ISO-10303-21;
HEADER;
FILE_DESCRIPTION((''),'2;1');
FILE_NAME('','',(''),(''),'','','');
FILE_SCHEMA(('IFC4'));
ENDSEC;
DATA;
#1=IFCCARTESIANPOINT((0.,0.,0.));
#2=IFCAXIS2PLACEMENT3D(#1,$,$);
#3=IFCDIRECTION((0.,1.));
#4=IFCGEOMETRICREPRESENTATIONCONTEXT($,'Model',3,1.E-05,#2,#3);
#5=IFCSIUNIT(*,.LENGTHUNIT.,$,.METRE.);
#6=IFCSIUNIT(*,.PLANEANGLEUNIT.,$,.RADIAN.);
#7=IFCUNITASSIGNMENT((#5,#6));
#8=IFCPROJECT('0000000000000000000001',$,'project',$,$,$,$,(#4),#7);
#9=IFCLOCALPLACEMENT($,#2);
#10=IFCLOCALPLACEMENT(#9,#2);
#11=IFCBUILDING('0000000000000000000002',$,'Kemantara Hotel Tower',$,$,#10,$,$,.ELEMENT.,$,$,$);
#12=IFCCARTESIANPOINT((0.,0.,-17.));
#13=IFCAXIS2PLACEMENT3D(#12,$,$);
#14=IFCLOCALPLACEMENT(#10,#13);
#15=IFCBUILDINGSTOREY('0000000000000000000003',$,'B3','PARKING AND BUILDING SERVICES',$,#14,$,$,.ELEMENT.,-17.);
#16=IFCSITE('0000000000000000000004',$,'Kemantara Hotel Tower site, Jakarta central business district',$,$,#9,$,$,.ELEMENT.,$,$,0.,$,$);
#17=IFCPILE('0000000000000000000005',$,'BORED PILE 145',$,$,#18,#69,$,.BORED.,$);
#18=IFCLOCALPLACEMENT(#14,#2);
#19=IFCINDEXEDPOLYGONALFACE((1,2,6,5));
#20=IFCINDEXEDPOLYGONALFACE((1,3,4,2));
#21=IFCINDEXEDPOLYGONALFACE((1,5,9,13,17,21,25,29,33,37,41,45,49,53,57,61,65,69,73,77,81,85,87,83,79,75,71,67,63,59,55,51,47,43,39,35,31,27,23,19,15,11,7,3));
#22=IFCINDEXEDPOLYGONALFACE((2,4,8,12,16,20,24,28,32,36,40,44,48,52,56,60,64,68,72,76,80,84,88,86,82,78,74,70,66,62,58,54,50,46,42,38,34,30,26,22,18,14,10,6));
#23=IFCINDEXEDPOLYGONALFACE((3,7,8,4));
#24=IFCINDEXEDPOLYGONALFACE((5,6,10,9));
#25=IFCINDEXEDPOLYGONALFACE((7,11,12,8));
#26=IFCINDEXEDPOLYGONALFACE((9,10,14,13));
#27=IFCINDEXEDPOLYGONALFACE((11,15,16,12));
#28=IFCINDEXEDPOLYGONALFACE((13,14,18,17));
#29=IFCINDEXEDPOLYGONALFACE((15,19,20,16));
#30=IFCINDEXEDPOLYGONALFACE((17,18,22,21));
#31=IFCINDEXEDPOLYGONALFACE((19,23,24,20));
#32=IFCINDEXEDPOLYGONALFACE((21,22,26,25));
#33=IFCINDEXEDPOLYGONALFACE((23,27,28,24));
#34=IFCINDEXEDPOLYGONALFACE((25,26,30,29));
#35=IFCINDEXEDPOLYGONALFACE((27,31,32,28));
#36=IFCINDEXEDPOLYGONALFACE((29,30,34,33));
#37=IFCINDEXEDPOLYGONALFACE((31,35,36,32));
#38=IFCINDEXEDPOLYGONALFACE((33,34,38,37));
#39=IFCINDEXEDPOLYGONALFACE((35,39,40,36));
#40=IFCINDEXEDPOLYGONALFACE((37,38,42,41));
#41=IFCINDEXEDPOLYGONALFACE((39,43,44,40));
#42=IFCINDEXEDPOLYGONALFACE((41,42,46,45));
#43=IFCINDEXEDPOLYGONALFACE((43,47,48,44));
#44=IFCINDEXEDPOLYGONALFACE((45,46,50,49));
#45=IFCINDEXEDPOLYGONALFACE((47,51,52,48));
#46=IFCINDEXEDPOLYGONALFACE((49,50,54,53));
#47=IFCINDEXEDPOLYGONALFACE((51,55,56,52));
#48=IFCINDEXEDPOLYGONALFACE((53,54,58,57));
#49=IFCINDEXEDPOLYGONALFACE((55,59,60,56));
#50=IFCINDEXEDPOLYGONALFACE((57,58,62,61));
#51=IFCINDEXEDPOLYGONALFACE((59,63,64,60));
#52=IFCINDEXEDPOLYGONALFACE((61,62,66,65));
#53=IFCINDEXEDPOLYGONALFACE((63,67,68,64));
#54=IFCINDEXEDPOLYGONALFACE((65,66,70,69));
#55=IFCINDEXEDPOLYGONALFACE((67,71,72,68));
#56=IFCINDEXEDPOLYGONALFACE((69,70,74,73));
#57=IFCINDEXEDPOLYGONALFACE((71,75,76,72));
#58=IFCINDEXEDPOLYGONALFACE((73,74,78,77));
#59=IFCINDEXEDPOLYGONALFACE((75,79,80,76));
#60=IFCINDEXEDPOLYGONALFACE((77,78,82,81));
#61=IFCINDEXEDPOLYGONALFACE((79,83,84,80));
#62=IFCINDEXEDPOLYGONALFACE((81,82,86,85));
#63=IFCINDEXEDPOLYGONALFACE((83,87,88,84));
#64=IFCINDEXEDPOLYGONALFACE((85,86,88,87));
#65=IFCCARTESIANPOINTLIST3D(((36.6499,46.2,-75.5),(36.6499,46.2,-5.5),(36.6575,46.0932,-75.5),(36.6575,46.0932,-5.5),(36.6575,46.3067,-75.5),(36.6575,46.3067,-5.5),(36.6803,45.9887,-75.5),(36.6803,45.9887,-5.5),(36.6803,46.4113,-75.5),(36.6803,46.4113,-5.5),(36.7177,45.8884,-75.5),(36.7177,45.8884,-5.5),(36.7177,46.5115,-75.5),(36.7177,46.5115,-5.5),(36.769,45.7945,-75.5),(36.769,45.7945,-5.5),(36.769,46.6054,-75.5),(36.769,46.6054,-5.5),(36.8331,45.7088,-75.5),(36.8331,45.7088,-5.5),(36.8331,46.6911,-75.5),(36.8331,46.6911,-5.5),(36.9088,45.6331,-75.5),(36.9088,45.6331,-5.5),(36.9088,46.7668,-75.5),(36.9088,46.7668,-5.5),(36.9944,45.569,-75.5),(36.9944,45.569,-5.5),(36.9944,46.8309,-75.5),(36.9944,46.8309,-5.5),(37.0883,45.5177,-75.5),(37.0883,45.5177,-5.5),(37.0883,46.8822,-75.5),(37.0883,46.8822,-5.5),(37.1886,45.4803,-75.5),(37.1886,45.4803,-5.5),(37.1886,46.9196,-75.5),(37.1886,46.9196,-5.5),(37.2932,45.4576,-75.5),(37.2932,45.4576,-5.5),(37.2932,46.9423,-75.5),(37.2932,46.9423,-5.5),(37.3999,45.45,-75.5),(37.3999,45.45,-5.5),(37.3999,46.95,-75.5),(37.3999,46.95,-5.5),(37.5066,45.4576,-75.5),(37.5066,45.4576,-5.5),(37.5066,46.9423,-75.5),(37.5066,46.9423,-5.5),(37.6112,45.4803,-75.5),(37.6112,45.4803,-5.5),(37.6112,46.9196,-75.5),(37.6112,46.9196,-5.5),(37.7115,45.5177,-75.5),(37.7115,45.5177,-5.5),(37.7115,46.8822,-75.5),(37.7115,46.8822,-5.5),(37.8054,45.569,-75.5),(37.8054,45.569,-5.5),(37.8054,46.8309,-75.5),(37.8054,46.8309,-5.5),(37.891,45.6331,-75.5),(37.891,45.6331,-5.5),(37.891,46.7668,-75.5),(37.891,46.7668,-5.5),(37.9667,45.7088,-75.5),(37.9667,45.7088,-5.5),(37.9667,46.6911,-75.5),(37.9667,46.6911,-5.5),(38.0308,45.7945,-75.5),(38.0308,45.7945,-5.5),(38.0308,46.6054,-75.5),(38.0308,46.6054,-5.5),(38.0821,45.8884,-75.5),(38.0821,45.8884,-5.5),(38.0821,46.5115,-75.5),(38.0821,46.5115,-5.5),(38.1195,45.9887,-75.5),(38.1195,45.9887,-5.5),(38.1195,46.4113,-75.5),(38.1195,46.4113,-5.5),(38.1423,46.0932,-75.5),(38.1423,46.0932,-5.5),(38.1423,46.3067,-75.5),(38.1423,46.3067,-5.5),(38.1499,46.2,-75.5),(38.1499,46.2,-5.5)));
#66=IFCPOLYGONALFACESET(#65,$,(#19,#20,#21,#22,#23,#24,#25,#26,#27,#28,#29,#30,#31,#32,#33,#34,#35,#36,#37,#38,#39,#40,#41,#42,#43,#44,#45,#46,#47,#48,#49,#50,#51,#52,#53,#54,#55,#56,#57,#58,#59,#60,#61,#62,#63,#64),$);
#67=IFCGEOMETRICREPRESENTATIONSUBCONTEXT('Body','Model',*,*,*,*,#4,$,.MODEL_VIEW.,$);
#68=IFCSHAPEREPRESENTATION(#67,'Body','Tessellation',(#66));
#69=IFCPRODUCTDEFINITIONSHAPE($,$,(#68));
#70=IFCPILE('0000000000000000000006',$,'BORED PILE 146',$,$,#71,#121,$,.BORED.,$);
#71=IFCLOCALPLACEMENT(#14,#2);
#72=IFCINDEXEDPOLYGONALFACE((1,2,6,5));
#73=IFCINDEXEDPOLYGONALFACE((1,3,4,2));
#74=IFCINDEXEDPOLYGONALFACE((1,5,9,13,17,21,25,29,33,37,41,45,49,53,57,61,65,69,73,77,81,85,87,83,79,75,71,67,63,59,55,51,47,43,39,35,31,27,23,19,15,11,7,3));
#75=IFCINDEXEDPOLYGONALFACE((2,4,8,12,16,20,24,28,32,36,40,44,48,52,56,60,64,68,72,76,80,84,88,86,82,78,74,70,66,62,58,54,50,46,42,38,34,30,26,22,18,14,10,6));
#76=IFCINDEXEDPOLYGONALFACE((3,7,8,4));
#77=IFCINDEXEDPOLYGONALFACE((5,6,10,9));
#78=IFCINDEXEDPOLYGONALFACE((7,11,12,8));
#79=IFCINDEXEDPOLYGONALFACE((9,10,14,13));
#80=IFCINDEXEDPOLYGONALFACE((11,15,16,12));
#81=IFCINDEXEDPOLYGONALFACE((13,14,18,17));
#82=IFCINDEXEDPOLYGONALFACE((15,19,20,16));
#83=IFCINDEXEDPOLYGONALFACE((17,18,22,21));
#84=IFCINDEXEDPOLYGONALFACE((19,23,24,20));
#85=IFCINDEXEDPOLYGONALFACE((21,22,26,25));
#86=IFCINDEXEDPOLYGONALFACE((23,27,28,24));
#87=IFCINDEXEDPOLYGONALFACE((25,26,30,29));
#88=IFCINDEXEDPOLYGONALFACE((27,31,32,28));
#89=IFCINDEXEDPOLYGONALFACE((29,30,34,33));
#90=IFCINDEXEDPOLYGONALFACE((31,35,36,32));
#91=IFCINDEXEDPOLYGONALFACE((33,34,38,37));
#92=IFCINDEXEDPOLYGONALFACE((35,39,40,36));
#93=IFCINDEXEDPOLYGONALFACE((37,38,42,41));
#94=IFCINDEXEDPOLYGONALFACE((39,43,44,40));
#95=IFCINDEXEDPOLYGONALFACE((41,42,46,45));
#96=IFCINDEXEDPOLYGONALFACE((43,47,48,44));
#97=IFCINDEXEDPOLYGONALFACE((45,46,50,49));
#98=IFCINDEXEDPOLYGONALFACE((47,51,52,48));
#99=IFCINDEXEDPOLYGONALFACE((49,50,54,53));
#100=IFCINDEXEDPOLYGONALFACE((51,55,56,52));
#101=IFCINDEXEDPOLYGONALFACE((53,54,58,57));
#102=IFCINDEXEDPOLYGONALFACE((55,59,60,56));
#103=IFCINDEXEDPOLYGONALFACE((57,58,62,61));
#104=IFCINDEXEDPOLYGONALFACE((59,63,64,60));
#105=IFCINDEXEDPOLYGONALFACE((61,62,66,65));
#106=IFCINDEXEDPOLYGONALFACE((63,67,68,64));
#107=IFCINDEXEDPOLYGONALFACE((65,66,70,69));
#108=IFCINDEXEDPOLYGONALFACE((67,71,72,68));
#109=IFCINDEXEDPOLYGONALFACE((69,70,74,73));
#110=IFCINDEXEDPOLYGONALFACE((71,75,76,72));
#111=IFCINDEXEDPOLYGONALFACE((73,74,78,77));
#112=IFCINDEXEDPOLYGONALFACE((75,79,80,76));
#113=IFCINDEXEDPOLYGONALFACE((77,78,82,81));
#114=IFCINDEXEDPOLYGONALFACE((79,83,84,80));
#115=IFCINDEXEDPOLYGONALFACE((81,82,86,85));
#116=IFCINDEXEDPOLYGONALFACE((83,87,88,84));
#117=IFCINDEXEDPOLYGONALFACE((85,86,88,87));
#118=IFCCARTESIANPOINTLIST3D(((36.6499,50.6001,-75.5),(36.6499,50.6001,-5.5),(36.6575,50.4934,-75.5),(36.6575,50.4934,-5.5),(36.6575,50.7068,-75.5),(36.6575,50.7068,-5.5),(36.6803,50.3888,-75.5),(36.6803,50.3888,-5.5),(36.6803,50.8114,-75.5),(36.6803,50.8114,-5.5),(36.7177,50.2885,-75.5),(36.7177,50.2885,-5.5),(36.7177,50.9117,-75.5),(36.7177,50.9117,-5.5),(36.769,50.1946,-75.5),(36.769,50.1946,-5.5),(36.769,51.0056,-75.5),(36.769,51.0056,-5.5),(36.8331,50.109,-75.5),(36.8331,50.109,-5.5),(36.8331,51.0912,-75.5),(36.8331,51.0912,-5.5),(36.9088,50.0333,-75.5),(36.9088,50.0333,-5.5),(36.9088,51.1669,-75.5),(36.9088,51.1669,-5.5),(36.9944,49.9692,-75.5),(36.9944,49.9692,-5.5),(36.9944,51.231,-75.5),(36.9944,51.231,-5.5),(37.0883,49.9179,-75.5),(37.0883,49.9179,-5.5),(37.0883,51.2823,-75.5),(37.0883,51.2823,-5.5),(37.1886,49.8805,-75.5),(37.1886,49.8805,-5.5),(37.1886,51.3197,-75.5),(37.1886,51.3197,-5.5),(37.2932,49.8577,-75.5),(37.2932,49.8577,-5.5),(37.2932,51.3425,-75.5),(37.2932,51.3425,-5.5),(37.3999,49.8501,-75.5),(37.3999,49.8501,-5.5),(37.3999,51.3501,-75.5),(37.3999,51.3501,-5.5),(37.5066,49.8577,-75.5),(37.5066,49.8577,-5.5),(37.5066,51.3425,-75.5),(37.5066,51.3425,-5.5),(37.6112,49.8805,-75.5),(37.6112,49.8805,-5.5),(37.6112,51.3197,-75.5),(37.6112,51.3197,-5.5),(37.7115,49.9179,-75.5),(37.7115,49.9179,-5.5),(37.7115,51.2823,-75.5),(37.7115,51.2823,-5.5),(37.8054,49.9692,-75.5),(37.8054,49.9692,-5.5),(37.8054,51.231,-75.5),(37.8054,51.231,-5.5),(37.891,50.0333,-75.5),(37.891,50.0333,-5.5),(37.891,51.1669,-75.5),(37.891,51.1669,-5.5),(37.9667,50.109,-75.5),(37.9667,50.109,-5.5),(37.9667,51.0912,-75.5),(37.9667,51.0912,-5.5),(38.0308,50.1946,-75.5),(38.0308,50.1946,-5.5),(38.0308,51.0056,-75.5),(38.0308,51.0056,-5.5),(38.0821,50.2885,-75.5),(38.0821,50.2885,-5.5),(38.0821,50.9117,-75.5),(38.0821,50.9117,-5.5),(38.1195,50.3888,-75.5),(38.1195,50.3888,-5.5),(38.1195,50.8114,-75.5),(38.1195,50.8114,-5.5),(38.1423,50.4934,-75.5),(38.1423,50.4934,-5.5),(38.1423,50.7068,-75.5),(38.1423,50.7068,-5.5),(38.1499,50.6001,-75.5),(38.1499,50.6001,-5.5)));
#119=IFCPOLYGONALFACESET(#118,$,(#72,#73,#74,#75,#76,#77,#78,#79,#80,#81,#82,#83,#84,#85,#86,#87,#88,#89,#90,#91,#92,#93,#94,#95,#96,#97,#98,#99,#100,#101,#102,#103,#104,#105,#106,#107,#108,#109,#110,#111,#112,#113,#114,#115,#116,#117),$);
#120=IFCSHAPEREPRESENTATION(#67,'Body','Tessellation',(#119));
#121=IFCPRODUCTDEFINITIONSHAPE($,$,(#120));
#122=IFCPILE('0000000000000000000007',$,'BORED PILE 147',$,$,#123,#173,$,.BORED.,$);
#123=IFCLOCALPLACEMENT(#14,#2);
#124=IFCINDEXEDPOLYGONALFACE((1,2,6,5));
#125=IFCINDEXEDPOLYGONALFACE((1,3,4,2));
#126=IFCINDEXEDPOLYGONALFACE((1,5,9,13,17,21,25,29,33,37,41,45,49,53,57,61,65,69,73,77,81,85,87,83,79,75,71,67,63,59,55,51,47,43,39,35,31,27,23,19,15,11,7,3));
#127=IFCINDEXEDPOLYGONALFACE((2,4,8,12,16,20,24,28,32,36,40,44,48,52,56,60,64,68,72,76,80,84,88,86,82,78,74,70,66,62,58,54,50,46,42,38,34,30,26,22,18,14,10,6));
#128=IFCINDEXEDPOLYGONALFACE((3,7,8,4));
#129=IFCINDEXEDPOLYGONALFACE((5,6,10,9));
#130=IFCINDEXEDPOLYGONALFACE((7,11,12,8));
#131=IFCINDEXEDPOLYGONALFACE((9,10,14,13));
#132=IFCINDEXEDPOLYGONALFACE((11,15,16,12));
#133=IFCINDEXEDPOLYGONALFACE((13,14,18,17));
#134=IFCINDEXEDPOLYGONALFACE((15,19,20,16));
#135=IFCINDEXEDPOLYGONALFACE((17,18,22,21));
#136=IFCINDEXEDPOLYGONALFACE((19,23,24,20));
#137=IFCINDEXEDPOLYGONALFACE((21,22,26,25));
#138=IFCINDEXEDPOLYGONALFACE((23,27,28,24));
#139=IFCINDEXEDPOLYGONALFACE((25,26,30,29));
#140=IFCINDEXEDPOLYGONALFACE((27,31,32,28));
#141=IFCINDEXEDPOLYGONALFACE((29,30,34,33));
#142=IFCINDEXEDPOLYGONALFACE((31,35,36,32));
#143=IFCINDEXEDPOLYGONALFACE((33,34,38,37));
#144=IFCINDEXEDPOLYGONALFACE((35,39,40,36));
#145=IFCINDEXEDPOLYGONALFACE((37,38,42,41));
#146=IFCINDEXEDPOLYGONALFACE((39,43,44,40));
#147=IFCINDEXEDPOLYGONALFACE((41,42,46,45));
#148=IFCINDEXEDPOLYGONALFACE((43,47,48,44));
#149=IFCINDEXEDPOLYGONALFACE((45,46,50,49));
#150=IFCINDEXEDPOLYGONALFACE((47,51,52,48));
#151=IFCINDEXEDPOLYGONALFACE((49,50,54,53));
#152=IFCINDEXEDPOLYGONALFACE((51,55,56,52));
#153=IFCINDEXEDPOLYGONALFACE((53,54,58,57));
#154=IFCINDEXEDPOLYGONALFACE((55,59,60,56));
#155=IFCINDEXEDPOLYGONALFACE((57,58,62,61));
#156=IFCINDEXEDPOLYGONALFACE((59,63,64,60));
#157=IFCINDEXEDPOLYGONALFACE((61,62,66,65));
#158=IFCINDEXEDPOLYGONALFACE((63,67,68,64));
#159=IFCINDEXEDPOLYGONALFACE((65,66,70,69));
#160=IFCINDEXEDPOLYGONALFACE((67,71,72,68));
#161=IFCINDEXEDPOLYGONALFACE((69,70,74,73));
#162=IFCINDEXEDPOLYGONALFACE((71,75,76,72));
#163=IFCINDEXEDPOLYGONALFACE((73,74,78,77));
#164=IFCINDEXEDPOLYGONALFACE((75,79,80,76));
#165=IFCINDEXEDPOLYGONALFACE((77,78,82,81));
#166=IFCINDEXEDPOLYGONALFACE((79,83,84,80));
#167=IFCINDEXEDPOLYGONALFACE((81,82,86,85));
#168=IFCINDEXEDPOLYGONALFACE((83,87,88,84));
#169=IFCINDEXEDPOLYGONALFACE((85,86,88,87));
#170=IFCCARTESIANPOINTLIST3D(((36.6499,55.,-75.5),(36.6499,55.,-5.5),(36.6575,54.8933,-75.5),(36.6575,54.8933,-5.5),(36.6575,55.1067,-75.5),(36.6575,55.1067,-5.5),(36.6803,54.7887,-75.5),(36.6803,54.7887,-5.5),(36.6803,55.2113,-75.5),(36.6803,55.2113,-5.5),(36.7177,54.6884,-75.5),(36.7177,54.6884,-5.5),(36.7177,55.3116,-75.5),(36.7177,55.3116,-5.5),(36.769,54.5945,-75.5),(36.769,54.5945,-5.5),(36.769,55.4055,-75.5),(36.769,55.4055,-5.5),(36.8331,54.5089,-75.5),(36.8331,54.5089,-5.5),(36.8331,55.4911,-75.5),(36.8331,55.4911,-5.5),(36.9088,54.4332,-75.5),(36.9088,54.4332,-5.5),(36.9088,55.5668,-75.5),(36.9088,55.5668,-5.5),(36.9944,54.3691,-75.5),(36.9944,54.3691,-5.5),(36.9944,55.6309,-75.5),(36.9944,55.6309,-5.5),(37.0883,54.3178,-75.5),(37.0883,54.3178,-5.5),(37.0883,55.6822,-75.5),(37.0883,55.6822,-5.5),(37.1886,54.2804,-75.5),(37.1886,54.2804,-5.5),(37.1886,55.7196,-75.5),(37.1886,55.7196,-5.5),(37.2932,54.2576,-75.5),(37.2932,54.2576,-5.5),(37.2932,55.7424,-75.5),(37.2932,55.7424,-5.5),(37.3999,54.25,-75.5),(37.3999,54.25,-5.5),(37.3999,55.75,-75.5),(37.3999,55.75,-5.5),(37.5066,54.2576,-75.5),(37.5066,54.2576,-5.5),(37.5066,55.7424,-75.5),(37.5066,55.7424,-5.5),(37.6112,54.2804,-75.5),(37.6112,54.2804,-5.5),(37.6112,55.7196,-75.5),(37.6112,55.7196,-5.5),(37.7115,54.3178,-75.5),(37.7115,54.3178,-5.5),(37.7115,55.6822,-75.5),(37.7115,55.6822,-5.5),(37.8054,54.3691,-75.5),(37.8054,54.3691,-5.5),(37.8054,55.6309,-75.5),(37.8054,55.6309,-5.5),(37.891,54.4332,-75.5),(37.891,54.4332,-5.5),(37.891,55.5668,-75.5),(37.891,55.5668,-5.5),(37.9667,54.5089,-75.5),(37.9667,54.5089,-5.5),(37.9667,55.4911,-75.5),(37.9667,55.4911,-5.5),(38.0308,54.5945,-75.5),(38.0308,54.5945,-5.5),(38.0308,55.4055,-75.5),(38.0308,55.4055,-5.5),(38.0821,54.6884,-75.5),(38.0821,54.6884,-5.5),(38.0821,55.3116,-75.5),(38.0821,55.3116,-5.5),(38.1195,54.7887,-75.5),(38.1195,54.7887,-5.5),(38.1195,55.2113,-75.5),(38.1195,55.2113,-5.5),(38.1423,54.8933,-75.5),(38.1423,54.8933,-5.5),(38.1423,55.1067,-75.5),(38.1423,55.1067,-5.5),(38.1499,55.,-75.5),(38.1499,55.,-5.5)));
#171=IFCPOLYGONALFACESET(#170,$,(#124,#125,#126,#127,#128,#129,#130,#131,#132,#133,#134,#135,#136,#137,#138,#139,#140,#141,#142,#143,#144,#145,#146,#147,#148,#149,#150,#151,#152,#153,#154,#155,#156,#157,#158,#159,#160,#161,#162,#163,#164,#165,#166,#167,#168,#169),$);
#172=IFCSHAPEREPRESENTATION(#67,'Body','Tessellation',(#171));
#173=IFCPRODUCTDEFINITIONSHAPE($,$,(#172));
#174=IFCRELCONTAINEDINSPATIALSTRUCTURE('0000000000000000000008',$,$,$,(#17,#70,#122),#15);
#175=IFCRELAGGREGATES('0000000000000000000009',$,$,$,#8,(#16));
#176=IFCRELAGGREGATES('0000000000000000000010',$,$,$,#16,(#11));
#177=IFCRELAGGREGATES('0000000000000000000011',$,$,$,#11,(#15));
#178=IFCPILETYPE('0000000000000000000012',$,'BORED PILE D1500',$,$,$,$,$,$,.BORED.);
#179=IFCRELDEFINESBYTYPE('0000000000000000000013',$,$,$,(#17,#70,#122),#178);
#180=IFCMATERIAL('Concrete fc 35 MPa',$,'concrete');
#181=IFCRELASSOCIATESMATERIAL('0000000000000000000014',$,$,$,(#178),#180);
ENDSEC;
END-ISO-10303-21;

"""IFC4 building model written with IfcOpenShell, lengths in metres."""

from ifc_helpers import new_model, si_unit, direction, frame, origin, origin_2d, place, context, subcontext, project, spatial, circle, extrude, material, material_profile, profile_set, type_object, element, save


model = new_model("IFC4")

# Units and contexts
model_context = context("Model", 3, precision=1e-05, world=origin(), true_north=direction((0.0, 1.0)))
body_context = subcontext(model_context, "Body", "Model", "MODEL_VIEW")
ifc_project = project(units=[si_unit("LENGTHUNIT", "METRE"), si_unit("PLANEANGLEUNIT", "RADIAN")], contexts=[model_context])

# Site, building, storey
site_placement = place(None, origin())
site = spatial("IfcSite", under=ifc_project, at=site_placement, Name="Kemantara Hotel Tower site, Jakarta central business district", CompositionType="ELEMENT", RefElevation=0.0)
building_placement = place(site_placement, origin())
building = spatial("IfcBuilding", under=site, at=building_placement, Name="Kemantara Hotel Tower", CompositionType="ELEMENT")
storey_placement = place(building_placement, frame((0.0, 0.0, -17.0)))
storey = spatial("IfcBuildingStorey", under=building, at=storey_placement, Name="B3", Description="PARKING AND BUILDING SERVICES", CompositionType="ELEMENT", Elevation=-17.0)

# Piles
ifc_material_1 = material(Name="Concrete fc 35 MPa", Category="concrete")
ifc_material_profile_1 = material_profile(ifc_material_1, circle(Radius=0.75, at=origin_2d()), Name="BORED PILE D1500")
ifc_profile_set_1 = profile_set([ifc_material_profile_1], Name="Concrete fc 35 MPa")
pile_type = type_object("IfcPileType", Name="BORED PILE D1500", PredefinedType="BORED", material=ifc_profile_set_1)
for number, where, z_axis, x_axis, name in (
    (1, (37.3999, 46.2, -5.5), (0.0, 0.0, -1.0), (1.0, 0.0, 0.0), "BORED PILE 145"),
    (2, (37.3999, 50.6001, -5.5), (0.0, 0.0, -1.0), (1.0, 0.0, 0.0), "BORED PILE 146"),
    (3, (37.3999, 55.0, -5.5), (0.0, 0.0, -1.0), (1.0, 0.0, 0.0), "BORED PILE 147"),
):
    element("IfcPile", number, at=place(storey_placement, frame(where, z_axis=z_axis, x_axis=x_axis)), inside=storey, type_object=pile_type, Name=name, PredefinedType="BORED", context=body_context, shape_type="SweptSolid", body=[
        extrude(circle(Radius=0.75, at=origin_2d()), origin(), (0.0, 0.0, 1.0), 70.0),
    ])

save(model, "model.ifc")
